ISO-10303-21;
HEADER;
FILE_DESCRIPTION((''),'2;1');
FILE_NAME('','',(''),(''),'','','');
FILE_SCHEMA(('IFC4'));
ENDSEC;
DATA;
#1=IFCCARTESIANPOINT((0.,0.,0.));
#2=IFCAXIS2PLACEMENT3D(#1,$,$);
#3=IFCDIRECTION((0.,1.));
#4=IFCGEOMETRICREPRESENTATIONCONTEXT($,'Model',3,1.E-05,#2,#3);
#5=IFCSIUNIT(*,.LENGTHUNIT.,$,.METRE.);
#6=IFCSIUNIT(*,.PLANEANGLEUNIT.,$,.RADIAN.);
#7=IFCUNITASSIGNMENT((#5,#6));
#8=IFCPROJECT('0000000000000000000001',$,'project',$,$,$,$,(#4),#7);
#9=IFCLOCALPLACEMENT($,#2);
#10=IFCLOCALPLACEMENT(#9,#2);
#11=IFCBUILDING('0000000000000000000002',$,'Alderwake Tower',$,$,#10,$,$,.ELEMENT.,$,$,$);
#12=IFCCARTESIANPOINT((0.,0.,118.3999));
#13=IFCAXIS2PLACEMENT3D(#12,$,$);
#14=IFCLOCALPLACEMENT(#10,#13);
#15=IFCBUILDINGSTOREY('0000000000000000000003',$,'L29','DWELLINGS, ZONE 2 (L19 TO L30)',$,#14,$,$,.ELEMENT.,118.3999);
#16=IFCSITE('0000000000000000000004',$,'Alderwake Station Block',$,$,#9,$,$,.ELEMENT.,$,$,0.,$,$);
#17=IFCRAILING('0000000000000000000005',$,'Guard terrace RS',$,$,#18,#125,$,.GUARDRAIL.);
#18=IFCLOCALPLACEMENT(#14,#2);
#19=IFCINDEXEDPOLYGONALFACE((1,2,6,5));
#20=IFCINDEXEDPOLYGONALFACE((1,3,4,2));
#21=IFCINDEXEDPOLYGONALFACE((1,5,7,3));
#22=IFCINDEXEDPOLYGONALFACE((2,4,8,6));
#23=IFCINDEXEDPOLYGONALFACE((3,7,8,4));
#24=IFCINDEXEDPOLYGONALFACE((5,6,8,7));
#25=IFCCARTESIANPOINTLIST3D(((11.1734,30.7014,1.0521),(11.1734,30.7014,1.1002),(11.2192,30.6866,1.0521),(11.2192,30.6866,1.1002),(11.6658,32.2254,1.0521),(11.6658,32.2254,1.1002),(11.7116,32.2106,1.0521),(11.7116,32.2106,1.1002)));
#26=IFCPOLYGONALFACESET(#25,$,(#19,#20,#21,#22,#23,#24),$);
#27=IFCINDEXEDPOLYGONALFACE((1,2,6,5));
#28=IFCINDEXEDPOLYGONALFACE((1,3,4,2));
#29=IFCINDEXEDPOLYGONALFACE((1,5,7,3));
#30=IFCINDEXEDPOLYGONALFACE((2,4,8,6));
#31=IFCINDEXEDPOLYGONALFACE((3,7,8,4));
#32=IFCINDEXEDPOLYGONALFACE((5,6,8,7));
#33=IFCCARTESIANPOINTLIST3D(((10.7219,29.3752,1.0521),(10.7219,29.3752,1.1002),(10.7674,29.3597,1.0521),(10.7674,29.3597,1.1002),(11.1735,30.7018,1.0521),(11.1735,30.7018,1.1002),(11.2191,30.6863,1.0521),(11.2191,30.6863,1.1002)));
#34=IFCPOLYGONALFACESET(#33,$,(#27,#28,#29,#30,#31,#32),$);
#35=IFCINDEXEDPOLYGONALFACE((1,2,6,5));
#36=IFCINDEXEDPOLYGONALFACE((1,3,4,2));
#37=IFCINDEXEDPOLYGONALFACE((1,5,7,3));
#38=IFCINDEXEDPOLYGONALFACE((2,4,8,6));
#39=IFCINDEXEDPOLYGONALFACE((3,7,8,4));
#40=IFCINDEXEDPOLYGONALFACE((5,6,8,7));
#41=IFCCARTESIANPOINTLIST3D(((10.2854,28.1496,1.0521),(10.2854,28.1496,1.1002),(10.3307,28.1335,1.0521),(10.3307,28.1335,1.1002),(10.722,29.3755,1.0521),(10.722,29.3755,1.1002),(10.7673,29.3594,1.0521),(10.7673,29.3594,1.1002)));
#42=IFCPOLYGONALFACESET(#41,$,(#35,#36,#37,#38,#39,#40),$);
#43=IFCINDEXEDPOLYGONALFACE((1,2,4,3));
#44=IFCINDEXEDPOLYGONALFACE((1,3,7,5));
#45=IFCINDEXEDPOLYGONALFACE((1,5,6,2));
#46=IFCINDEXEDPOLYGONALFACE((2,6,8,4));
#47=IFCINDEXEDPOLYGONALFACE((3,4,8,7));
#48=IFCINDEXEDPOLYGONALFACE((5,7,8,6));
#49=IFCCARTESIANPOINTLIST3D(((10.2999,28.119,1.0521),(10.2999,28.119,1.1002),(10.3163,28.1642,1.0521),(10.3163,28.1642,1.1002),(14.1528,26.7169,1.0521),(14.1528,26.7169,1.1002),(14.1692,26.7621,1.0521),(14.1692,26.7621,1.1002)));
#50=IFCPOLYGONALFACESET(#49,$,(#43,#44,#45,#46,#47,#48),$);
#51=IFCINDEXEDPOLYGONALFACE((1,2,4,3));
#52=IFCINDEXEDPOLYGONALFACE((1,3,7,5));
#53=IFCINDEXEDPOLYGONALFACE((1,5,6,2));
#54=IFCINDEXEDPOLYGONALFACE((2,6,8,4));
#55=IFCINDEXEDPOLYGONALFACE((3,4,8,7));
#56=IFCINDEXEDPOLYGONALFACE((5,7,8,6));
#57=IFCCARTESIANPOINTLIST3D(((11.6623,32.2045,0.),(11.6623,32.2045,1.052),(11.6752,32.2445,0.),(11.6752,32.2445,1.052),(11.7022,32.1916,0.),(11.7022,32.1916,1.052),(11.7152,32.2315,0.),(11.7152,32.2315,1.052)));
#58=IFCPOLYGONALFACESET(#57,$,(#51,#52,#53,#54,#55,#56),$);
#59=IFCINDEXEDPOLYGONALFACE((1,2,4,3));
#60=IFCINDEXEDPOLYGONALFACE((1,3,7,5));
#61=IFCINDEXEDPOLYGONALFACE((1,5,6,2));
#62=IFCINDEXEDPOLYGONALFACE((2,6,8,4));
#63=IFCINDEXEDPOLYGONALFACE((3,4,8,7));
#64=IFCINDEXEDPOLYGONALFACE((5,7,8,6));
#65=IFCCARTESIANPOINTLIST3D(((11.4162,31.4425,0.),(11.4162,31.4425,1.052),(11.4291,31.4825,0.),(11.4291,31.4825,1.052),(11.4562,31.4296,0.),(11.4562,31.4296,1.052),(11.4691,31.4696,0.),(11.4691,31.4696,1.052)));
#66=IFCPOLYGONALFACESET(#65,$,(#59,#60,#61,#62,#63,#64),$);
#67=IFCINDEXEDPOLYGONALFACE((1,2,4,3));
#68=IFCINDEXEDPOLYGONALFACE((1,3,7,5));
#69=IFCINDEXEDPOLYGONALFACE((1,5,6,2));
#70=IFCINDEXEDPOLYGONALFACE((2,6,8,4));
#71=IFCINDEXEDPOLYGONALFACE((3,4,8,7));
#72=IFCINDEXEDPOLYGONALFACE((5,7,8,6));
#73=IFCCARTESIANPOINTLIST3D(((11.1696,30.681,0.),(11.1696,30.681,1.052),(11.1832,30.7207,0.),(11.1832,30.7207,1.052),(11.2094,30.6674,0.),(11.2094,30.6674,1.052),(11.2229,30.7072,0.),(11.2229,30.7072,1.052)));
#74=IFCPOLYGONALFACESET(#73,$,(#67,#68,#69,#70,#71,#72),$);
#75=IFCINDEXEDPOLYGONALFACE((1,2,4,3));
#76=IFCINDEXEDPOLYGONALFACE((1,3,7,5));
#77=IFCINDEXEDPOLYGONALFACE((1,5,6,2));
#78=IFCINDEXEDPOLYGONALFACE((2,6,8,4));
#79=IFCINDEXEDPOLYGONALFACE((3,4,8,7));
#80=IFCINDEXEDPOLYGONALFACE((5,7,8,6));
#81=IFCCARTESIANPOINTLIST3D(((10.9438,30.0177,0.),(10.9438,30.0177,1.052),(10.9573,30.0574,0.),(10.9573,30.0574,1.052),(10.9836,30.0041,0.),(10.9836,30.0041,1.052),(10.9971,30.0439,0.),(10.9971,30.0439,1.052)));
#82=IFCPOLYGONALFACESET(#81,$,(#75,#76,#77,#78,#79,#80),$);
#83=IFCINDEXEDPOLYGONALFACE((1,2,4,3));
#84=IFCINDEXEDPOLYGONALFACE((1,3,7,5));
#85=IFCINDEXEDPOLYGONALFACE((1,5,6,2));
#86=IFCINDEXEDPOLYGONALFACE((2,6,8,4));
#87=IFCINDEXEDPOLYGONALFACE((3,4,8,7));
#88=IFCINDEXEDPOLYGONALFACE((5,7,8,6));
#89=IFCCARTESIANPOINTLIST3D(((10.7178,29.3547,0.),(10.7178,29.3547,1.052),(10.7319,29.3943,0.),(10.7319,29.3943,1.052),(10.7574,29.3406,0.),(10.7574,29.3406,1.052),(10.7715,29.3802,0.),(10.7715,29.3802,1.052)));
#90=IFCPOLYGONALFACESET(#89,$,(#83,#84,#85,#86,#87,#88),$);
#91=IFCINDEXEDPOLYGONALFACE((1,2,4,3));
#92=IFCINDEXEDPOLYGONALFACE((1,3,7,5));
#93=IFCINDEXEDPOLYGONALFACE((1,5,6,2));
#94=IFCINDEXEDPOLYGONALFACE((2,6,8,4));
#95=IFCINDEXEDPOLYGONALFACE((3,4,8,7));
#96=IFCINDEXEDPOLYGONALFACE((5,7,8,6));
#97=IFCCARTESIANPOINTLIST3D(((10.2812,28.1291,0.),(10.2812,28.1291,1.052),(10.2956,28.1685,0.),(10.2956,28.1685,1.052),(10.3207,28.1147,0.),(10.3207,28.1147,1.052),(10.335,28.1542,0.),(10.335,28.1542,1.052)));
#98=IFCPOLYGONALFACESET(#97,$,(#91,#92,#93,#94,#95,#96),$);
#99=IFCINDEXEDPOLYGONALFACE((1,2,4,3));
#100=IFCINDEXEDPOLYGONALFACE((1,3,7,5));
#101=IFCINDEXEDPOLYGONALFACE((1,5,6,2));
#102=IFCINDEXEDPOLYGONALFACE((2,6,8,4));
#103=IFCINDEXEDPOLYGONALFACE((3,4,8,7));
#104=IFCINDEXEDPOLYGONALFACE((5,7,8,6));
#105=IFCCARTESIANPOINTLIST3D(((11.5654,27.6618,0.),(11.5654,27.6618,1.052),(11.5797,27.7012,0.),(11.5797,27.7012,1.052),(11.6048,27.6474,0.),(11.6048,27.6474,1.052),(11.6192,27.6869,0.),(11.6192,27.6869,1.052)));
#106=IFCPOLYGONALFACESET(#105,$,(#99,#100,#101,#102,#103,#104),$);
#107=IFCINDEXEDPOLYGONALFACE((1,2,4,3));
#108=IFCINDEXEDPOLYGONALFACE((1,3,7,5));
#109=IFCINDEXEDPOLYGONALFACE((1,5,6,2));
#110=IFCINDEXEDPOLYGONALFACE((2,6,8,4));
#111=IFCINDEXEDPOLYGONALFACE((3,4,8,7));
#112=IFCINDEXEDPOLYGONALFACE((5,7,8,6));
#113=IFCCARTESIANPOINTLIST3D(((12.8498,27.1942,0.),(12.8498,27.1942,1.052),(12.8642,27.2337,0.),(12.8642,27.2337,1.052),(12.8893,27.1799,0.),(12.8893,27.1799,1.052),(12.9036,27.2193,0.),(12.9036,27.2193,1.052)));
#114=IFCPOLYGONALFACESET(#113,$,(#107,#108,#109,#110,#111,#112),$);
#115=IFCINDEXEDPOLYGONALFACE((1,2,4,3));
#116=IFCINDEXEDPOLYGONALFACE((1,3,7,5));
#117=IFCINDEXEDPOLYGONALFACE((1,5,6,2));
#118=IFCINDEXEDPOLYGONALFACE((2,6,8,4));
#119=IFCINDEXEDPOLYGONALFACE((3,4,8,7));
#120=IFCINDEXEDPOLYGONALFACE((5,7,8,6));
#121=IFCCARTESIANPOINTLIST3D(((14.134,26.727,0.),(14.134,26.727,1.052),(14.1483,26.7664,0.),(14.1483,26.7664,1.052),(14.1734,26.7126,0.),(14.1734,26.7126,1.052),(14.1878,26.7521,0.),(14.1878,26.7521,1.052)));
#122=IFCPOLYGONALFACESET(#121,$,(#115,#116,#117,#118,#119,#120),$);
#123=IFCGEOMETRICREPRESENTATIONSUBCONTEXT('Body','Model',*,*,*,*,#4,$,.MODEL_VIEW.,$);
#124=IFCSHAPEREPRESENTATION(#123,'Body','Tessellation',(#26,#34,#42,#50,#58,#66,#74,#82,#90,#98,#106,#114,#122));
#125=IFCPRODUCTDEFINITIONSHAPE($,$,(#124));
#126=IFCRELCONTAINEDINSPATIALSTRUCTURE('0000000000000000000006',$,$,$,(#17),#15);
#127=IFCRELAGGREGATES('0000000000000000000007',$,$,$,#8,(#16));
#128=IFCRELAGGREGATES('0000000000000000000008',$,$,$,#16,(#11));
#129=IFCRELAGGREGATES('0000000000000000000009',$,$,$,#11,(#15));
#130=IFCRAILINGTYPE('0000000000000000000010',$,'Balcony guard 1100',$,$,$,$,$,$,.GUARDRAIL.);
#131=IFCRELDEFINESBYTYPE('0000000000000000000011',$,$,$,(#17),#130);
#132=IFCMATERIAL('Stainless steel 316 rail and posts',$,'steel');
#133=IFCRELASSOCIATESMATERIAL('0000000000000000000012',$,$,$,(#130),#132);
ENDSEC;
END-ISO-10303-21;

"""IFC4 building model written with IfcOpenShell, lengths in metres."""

from ifc_helpers import new_model, si_unit, direction, frame, origin, origin_2d, place, context, subcontext, project, spatial, rectangle, extrude, material, type_object, element, save


model = new_model("IFC4")

# Units and contexts
model_context = context("Model", 3, precision=1e-05, world=origin(), true_north=direction((0.0, 1.0)))
body_context = subcontext(model_context, "Body", "Model", "MODEL_VIEW")
ifc_project = project(units=[si_unit("LENGTHUNIT", "METRE"), si_unit("PLANEANGLEUNIT", "RADIAN")], contexts=[model_context])

# Site, building, storey
site_placement = place(None, origin())
site = spatial("IfcSite", under=ifc_project, at=site_placement, Name="Alderwake Station Block", CompositionType="ELEMENT", RefElevation=0.0)
building_placement = place(site_placement, origin())
building = spatial("IfcBuilding", under=site, at=building_placement, Name="Alderwake Tower", CompositionType="ELEMENT")
storey_placement = place(building_placement, frame((0.0, 0.0, 118.3999)))
storey = spatial("IfcBuildingStorey", under=building, at=storey_placement, Name="L29", Description="DWELLINGS, ZONE 2 (L19 TO L30)", CompositionType="ELEMENT", Elevation=118.3999)

# Railing
ifc_material_1 = material(Name="Stainless steel 316 rail and posts", Category="steel")
railing_type = type_object("IfcRailingType", Name="Balcony guard 1100", PredefinedType="GUARDRAIL", material=ifc_material_1)
railing_1_placement = place(storey_placement, frame((11.6887, 32.218, 0.0)))
element("IfcRailing", 1, at=railing_1_placement, inside=storey, type_object=railing_type, Name="Guard terrace RS", PredefinedType="GUARDRAIL", context=body_context, shape_type="SweptSolid", body=[
    extrude(rectangle(XDim=0.0481, YDim=0.0481, at=origin_2d()), frame((0.0, 0.0, 1.0762), z_axis=(-0.307479, -0.951555, 0.0), x_axis=(0.951555, -0.307479, 0.0)), (0.0, 0.0, 1.0), 1.6016),
    extrude(rectangle(XDim=0.0481, YDim=0.0481, at=origin_2d()), frame((-0.4924, -1.5239, 1.0762), z_axis=(-0.322284, -0.946643, 0.0), x_axis=(0.946643, -0.322284, 0.0)), (0.0, 0.0, 1.0), 1.4014),
    extrude(rectangle(XDim=0.0481, YDim=0.0481, at=origin_2d()), frame((-0.9441, -2.8506, 1.0762), z_axis=(-0.335469, -0.942051, 0.0), x_axis=(0.942051, -0.335469, 0.0)), (0.0, 0.0, 1.0), 1.3013),
    extrude(rectangle(XDim=0.0481, YDim=0.0481, at=origin_2d()), frame((-1.3806, -4.0764, 1.0762), z_axis=(0.939708, -0.341977, 0.0), x_axis=(0.341977, 0.939708, 0.0)), (0.0, 0.0, 1.0), 4.1001),
    extrude(rectangle(XDim=0.042, YDim=0.042, at=origin_2d()), frame((0.0, 0.0, 0.0), z_axis=(0.0, 0.0, 1.0), x_axis=(-0.307479, -0.951555, 0.0)), (0.0, 0.0, 1.0), 1.052),
    extrude(rectangle(XDim=0.042, YDim=0.042, at=origin_2d()), frame((-0.2461, -0.762, 0.0), z_axis=(0.0, 0.0, 1.0), x_axis=(-0.307479, -0.951555, 0.0)), (0.0, 0.0, 1.0), 1.052),
    extrude(rectangle(XDim=0.042, YDim=0.042, at=origin_2d()), frame((-0.4924, -1.5239, 0.0), z_axis=(0.0, 0.0, 1.0), x_axis=(-0.322284, -0.946643, 0.0)), (0.0, 0.0, 1.0), 1.052),
    extrude(rectangle(XDim=0.042, YDim=0.042, at=origin_2d()), frame((-0.7183, -2.1873, 0.0), z_axis=(0.0, 0.0, 1.0), x_axis=(-0.322284, -0.946643, 0.0)), (0.0, 0.0, 1.0), 1.052),
    extrude(rectangle(XDim=0.042, YDim=0.042, at=origin_2d()), frame((-0.9441, -2.8506, 0.0), z_axis=(0.0, 0.0, 1.0), x_axis=(-0.335469, -0.942051, 0.0)), (0.0, 0.0, 1.0), 1.052),
    extrude(rectangle(XDim=0.042, YDim=0.042, at=origin_2d()), frame((-1.3806, -4.0764, 0.0), z_axis=(0.0, 0.0, 1.0), x_axis=(0.939708, -0.341977, 0.0)), (0.0, 0.0, 1.0), 1.052),
    extrude(rectangle(XDim=0.042, YDim=0.042, at=origin_2d()), frame((-0.0964, -4.5437, 0.0), z_axis=(0.0, 0.0, 1.0), x_axis=(0.939708, -0.341977, 0.0)), (0.0, 0.0, 1.0), 1.052),
    extrude(rectangle(XDim=0.042, YDim=0.042, at=origin_2d()), frame((1.188, -5.0112, 0.0), z_axis=(0.0, 0.0, 1.0), x_axis=(0.939708, -0.341977, 0.0)), (0.0, 0.0, 1.0), 1.052),
    extrude(rectangle(XDim=0.042, YDim=0.042, at=origin_2d()), frame((2.4722, -5.4785, 0.0), z_axis=(0.0, 0.0, 1.0), x_axis=(0.939708, -0.341977, 0.0)), (0.0, 0.0, 1.0), 1.052),
])

save(model, "model.ifc")
